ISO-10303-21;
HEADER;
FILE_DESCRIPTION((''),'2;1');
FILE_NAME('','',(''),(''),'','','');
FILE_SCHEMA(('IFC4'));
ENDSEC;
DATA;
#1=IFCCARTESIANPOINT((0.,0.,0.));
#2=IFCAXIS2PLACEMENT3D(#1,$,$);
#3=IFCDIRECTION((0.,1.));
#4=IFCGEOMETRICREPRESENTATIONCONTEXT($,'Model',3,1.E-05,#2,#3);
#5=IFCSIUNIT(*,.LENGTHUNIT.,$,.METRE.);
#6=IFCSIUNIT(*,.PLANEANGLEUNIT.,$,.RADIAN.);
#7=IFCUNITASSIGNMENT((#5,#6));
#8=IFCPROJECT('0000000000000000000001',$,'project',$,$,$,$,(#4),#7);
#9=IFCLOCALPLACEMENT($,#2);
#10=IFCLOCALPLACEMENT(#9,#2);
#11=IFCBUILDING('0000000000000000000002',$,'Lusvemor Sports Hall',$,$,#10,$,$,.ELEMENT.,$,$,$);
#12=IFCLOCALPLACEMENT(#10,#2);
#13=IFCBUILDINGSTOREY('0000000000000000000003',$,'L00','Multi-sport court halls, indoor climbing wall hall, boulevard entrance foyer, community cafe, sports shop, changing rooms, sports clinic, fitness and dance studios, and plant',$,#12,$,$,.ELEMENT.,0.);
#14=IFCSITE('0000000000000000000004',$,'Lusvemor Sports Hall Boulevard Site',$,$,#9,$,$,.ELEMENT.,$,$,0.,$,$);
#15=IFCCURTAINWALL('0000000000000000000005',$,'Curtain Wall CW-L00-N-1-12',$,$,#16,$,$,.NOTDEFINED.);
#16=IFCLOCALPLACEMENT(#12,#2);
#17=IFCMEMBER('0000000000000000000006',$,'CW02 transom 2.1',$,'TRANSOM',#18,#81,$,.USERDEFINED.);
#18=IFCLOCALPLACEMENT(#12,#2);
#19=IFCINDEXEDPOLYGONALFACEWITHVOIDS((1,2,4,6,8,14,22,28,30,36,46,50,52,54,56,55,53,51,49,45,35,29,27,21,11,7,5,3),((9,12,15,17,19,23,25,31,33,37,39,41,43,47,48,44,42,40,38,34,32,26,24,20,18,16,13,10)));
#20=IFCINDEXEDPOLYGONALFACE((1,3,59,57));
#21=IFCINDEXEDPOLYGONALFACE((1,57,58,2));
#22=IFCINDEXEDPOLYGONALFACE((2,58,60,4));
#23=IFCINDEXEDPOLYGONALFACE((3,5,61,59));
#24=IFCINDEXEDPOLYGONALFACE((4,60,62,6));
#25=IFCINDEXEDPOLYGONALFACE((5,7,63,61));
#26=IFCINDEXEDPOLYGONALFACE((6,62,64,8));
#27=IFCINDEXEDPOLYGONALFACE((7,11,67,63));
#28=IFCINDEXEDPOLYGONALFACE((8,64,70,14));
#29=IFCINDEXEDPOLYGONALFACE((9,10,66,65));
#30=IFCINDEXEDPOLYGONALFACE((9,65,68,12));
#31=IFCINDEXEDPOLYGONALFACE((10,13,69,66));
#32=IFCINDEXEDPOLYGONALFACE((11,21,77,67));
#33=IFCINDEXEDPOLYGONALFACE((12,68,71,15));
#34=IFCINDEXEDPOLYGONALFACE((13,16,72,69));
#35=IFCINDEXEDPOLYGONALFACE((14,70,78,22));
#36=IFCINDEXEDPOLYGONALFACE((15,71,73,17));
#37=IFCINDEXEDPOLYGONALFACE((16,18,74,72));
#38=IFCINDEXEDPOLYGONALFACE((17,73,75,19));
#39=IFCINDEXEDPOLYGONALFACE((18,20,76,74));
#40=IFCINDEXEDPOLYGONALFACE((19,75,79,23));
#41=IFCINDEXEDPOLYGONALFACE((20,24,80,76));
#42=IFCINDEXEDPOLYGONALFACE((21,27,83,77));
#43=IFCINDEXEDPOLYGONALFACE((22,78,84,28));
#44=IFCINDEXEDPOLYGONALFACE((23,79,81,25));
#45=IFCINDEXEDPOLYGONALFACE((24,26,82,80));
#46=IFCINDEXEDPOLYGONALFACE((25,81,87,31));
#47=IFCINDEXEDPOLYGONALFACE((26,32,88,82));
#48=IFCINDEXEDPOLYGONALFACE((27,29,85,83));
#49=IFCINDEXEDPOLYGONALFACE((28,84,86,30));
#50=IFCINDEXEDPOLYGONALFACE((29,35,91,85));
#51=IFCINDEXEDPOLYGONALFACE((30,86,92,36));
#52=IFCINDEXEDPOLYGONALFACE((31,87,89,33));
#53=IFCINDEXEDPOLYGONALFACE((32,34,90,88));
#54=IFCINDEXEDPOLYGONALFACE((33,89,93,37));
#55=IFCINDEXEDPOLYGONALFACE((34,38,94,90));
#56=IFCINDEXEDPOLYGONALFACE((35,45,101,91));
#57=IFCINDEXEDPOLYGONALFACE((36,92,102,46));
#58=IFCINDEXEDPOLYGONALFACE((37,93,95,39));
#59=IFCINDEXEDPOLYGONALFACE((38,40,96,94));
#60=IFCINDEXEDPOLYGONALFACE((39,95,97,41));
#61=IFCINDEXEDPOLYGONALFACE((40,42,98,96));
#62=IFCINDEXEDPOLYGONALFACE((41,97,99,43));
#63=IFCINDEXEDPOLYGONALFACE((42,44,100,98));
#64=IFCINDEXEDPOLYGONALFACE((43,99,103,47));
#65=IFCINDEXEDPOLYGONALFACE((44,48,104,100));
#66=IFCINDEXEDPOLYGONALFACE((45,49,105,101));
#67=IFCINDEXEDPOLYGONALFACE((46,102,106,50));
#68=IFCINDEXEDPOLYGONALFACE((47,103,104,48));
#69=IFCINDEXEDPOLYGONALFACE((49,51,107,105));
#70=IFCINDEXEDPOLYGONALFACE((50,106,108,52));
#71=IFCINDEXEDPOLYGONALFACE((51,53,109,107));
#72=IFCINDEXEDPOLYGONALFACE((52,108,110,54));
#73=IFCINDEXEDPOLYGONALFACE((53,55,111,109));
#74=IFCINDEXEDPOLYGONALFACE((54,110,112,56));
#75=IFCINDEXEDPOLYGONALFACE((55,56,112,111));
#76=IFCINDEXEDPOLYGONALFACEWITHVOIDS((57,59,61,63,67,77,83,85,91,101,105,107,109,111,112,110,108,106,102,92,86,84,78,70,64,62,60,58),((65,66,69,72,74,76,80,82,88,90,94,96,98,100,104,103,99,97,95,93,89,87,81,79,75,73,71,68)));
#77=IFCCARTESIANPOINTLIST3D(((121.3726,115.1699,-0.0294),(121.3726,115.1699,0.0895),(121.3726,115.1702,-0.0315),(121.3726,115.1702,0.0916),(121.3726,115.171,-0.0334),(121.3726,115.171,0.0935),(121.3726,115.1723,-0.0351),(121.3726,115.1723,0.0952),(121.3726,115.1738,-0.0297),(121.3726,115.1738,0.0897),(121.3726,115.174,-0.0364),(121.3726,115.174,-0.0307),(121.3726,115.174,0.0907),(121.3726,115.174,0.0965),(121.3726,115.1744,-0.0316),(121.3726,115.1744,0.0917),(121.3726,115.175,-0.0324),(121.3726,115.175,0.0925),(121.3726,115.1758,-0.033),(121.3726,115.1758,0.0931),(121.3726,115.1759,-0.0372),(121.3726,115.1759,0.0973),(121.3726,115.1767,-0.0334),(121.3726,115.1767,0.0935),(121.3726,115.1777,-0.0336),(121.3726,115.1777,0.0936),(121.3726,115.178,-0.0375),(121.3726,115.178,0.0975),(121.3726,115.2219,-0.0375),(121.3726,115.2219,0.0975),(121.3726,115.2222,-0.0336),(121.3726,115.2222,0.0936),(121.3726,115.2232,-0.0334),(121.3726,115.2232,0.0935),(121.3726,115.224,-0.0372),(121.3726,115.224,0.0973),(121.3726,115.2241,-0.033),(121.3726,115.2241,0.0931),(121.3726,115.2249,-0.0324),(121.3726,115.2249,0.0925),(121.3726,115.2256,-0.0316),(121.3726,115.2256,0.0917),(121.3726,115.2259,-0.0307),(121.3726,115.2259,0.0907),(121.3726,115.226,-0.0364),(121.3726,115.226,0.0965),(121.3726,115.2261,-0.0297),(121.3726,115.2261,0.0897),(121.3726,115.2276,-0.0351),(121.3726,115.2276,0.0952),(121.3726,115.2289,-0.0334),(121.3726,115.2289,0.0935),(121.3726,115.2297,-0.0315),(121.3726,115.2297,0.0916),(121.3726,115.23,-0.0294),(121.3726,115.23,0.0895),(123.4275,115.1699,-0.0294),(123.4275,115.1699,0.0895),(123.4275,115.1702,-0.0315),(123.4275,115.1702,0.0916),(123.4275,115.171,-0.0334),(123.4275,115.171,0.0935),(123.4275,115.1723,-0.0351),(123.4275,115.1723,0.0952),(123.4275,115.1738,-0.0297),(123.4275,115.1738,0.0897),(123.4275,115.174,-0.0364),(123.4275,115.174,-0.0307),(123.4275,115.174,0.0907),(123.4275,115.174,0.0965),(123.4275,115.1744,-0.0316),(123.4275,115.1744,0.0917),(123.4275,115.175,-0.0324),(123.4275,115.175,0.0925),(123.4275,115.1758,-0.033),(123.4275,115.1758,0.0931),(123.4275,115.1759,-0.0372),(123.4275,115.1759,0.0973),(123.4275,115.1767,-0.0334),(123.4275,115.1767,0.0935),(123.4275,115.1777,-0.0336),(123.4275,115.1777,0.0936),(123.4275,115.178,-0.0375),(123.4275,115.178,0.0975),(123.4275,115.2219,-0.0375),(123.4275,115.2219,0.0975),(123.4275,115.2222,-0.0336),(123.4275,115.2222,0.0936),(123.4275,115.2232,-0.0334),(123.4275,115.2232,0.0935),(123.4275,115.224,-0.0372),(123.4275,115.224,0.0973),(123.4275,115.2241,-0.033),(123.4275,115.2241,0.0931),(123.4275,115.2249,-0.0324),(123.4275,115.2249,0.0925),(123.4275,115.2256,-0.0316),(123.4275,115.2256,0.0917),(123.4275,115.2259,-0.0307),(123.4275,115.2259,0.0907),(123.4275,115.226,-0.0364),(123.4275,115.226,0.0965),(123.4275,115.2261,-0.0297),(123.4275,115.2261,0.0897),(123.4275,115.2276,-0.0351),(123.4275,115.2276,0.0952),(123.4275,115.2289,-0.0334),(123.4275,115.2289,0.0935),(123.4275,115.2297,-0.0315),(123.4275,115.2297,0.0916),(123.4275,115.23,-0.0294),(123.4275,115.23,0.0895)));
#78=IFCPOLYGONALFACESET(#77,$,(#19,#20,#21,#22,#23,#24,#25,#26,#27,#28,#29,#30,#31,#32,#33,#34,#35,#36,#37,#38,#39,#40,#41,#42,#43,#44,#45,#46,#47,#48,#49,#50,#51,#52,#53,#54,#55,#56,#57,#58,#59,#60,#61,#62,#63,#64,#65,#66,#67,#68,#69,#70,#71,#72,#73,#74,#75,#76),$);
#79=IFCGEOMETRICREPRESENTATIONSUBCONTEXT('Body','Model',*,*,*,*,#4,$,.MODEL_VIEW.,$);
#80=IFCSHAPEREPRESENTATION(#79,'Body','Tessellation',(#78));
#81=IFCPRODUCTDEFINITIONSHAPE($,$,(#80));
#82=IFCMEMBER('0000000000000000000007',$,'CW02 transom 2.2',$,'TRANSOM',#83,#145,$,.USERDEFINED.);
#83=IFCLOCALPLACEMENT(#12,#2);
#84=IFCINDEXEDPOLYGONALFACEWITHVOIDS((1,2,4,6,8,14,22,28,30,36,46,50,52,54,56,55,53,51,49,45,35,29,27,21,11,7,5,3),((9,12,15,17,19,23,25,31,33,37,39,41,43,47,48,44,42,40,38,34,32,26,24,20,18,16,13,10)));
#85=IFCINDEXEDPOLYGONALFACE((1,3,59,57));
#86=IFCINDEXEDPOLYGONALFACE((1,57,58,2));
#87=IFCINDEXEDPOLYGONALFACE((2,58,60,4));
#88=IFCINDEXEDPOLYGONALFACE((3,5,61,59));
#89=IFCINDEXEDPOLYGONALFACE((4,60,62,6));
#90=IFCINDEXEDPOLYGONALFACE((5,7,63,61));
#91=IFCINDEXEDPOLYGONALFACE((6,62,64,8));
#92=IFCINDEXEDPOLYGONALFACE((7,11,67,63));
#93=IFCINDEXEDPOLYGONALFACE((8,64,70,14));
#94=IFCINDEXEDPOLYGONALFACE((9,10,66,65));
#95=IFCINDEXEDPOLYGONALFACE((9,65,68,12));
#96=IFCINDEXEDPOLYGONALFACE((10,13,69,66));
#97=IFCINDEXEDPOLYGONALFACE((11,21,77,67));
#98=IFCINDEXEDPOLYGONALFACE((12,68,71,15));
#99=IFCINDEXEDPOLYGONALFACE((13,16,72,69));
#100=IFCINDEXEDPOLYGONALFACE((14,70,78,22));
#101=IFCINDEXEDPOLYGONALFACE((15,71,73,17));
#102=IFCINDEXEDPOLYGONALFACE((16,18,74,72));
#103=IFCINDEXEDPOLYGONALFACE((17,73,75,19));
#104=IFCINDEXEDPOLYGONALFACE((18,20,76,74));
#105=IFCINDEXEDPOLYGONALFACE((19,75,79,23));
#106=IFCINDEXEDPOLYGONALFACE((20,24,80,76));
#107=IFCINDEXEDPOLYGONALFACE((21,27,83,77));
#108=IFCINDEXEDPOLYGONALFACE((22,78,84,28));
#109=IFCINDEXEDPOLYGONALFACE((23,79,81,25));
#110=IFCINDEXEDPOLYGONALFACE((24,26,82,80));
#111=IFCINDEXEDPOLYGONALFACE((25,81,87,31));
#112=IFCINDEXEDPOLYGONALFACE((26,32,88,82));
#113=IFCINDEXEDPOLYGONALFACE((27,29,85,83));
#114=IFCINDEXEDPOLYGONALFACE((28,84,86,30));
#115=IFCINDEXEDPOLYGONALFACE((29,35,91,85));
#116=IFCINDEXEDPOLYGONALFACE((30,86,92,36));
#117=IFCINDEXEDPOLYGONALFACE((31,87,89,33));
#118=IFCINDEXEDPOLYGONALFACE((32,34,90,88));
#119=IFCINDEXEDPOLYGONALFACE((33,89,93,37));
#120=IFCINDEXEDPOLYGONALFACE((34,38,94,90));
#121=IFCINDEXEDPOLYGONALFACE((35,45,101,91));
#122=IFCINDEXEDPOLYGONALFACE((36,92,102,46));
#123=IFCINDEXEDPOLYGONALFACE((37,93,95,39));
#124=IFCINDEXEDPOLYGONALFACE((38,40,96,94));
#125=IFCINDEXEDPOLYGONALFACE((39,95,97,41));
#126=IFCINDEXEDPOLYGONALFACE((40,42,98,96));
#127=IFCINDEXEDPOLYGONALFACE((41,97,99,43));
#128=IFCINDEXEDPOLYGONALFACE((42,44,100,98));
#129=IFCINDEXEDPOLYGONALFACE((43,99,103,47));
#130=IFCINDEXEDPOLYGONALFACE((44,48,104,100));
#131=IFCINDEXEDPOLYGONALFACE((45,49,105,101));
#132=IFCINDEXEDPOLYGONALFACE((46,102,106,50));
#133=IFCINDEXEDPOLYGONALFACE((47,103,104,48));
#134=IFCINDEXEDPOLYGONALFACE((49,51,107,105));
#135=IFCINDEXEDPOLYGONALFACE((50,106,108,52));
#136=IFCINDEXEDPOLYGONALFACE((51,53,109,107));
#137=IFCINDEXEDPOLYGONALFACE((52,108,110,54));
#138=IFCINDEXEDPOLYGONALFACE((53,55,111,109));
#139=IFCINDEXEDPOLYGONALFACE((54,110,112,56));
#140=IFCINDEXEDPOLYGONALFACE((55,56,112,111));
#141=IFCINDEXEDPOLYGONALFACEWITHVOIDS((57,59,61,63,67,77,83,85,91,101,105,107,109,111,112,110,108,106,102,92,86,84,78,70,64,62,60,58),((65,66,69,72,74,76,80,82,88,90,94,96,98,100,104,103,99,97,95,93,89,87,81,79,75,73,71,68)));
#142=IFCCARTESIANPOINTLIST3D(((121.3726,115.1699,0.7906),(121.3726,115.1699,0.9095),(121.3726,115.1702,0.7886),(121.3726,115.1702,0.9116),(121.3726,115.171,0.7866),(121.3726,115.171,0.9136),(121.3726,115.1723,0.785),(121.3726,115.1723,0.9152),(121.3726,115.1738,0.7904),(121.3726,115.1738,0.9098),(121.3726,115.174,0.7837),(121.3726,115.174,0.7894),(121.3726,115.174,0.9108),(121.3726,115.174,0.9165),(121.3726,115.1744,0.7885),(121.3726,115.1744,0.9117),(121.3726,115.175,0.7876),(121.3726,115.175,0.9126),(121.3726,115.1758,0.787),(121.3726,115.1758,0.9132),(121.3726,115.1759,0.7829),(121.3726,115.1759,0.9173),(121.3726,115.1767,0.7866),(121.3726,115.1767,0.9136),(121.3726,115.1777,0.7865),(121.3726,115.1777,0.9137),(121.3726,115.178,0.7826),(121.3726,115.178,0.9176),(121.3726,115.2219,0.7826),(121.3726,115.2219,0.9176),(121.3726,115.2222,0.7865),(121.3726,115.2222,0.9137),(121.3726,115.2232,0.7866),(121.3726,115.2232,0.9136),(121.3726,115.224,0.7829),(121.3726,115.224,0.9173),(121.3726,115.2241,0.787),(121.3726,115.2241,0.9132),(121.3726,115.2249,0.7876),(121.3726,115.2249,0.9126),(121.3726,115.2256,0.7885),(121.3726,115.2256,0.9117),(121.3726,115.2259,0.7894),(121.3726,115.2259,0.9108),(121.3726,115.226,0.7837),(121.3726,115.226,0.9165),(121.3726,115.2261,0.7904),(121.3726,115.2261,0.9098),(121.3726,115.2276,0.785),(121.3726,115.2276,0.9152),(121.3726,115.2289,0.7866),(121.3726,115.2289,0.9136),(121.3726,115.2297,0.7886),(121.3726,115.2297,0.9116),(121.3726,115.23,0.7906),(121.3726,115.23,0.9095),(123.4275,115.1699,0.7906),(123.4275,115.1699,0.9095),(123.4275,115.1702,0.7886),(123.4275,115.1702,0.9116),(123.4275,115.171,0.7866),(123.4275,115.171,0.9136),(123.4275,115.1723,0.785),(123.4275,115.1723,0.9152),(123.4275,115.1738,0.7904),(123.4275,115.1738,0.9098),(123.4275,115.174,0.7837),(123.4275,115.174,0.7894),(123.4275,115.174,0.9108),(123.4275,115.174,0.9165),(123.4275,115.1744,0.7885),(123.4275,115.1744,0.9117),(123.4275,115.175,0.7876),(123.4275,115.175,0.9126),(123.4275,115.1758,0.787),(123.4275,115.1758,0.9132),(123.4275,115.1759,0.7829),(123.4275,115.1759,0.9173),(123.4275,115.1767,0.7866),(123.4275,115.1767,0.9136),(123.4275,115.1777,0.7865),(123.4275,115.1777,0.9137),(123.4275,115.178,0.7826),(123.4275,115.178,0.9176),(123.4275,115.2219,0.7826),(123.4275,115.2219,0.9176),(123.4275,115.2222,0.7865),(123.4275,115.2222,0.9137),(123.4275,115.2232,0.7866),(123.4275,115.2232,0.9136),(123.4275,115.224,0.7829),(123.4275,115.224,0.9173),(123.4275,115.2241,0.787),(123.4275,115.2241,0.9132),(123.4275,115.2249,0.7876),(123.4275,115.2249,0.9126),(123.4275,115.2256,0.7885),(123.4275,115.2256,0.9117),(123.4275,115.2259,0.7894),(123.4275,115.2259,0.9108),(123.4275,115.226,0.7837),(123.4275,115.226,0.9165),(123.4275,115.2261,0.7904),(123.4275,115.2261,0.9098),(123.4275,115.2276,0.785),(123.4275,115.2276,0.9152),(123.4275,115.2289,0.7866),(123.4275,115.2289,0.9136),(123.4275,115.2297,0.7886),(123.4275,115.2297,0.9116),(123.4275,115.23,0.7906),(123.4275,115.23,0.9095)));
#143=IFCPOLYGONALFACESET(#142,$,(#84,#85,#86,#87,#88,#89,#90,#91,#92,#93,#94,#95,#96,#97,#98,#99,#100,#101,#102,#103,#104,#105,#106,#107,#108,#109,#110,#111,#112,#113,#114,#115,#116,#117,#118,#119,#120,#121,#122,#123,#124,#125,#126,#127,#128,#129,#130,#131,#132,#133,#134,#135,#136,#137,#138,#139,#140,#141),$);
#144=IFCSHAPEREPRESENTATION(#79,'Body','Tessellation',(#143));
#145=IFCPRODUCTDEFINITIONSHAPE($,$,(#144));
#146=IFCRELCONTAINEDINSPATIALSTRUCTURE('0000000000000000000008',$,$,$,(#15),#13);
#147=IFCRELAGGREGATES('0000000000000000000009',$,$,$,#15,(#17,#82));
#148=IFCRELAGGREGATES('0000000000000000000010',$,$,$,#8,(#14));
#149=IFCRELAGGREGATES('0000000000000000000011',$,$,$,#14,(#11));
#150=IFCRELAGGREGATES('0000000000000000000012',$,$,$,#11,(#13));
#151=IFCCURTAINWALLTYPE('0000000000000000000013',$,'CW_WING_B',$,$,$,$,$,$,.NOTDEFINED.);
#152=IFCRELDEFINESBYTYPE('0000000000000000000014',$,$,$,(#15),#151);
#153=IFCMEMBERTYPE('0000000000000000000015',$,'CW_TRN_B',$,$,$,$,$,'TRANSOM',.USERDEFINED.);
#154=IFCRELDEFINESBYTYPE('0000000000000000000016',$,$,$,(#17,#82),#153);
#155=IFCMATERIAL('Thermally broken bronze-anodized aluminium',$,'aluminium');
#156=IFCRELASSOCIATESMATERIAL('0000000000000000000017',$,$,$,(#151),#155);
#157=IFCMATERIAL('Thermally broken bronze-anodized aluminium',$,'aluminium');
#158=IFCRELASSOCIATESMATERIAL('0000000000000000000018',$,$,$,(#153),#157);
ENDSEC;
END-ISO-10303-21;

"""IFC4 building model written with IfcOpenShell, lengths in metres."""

from ifc_helpers import new_model, si_unit, direction, frame, origin, origin_2d, place, context, subcontext, project, spatial, hollow_rectangle, extrude, material, material_profile, profile_set, type_object, element, aggregate, save


model = new_model("IFC4")

# Units and contexts
model_context = context("Model", 3, precision=1e-05, world=origin(), true_north=direction((0.0, 1.0)))
body_context = subcontext(model_context, "Body", "Model", "MODEL_VIEW")
ifc_project = project(units=[si_unit("LENGTHUNIT", "METRE"), si_unit("PLANEANGLEUNIT", "RADIAN")], contexts=[model_context])

# Site, building, storey
site_placement = place(None, origin())
site = spatial("IfcSite", under=ifc_project, at=site_placement, Name="Lusvemor Sports Hall Boulevard Site", CompositionType="ELEMENT", RefElevation=0.0)
building_placement = place(site_placement, origin())
building = spatial("IfcBuilding", under=site, at=building_placement, Name="Lusvemor Sports Hall", CompositionType="ELEMENT")
storey_placement = place(building_placement, origin())
storey = spatial("IfcBuildingStorey", under=building, at=storey_placement, Name="L00", Description="Multi-sport court halls, indoor climbing wall hall, boulevard entrance foyer, community cafe, sports shop, changing rooms, sports clinic, fitness and dance studios, and plant", CompositionType="ELEMENT", Elevation=0.0)

# Curtain wall, members
ifc_material_1 = material(Name="Thermally broken bronze-anodized aluminium", Category="aluminium")
curtain_wall_type = type_object("IfcCurtainWallType", Name="CW_WING_B", PredefinedType="NOTDEFINED", material=ifc_material_1)
curtain_wall_placement = place(storey_placement, origin())
curtain_wall = element("IfcCurtainWall", 1, at=curtain_wall_placement, inside=storey, type_object=curtain_wall_type, Name="Curtain Wall CW-L00-N-1-12", PredefinedType="NOTDEFINED")
ifc_material_2 = material(Name="Thermally broken bronze-anodized aluminium", Category="aluminium")
ifc_material_profile_1 = material_profile(ifc_material_2, hollow_rectangle(XDim=0.0601, YDim=0.135, WallThickness=0.0039, InnerFilletRadius=0.0039, OuterFilletRadius=0.0081, at=origin_2d()), Name="CWTRN135x60x4")
ifc_profile_set_1 = profile_set([ifc_material_profile_1], Name="Thermally broken bronze-anodized aluminium")
member_type_1 = type_object("IfcMemberType", Name="CW_TRN_B", ElementType="TRANSOM", PredefinedType="USERDEFINED", material=ifc_profile_set_1)
member_1_placement = place(storey_placement, frame((121.3726, 115.2, 0.03), z_axis=(1.0, 0.0, 0.0), x_axis=(0.0, 1.0, 0.0)))
member_1 = element("IfcMember", 2, at=member_1_placement, type_object=member_type_1, Name="CW02 transom 2.1", ObjectType="TRANSOM", PredefinedType="USERDEFINED", context=body_context, shape_type="SweptSolid", body=[
    extrude(hollow_rectangle(XDim=0.0601, YDim=0.135, WallThickness=0.0039, InnerFilletRadius=0.0039, OuterFilletRadius=0.0081, at=origin_2d()), origin(), (0.0, 0.0, 1.0), 2.0549),
])
member_2_placement = place(storey_placement, frame((121.3726, 115.2, 0.8501), z_axis=(1.0, 0.0, 0.0), x_axis=(0.0, 1.0, 0.0)))
member_2 = element("IfcMember", 3, at=member_2_placement, type_object=member_type_1, Name="CW02 transom 2.2", ObjectType="TRANSOM", PredefinedType="USERDEFINED", context=body_context, shape_type="SweptSolid", body=[
    extrude(hollow_rectangle(XDim=0.0601, YDim=0.135, WallThickness=0.0039, InnerFilletRadius=0.0039, OuterFilletRadius=0.0081, at=origin_2d()), origin(), (0.0, 0.0, 1.0), 2.0549),
])
aggregate(curtain_wall, [member_1, member_2])

save(model, "model.ifc")
